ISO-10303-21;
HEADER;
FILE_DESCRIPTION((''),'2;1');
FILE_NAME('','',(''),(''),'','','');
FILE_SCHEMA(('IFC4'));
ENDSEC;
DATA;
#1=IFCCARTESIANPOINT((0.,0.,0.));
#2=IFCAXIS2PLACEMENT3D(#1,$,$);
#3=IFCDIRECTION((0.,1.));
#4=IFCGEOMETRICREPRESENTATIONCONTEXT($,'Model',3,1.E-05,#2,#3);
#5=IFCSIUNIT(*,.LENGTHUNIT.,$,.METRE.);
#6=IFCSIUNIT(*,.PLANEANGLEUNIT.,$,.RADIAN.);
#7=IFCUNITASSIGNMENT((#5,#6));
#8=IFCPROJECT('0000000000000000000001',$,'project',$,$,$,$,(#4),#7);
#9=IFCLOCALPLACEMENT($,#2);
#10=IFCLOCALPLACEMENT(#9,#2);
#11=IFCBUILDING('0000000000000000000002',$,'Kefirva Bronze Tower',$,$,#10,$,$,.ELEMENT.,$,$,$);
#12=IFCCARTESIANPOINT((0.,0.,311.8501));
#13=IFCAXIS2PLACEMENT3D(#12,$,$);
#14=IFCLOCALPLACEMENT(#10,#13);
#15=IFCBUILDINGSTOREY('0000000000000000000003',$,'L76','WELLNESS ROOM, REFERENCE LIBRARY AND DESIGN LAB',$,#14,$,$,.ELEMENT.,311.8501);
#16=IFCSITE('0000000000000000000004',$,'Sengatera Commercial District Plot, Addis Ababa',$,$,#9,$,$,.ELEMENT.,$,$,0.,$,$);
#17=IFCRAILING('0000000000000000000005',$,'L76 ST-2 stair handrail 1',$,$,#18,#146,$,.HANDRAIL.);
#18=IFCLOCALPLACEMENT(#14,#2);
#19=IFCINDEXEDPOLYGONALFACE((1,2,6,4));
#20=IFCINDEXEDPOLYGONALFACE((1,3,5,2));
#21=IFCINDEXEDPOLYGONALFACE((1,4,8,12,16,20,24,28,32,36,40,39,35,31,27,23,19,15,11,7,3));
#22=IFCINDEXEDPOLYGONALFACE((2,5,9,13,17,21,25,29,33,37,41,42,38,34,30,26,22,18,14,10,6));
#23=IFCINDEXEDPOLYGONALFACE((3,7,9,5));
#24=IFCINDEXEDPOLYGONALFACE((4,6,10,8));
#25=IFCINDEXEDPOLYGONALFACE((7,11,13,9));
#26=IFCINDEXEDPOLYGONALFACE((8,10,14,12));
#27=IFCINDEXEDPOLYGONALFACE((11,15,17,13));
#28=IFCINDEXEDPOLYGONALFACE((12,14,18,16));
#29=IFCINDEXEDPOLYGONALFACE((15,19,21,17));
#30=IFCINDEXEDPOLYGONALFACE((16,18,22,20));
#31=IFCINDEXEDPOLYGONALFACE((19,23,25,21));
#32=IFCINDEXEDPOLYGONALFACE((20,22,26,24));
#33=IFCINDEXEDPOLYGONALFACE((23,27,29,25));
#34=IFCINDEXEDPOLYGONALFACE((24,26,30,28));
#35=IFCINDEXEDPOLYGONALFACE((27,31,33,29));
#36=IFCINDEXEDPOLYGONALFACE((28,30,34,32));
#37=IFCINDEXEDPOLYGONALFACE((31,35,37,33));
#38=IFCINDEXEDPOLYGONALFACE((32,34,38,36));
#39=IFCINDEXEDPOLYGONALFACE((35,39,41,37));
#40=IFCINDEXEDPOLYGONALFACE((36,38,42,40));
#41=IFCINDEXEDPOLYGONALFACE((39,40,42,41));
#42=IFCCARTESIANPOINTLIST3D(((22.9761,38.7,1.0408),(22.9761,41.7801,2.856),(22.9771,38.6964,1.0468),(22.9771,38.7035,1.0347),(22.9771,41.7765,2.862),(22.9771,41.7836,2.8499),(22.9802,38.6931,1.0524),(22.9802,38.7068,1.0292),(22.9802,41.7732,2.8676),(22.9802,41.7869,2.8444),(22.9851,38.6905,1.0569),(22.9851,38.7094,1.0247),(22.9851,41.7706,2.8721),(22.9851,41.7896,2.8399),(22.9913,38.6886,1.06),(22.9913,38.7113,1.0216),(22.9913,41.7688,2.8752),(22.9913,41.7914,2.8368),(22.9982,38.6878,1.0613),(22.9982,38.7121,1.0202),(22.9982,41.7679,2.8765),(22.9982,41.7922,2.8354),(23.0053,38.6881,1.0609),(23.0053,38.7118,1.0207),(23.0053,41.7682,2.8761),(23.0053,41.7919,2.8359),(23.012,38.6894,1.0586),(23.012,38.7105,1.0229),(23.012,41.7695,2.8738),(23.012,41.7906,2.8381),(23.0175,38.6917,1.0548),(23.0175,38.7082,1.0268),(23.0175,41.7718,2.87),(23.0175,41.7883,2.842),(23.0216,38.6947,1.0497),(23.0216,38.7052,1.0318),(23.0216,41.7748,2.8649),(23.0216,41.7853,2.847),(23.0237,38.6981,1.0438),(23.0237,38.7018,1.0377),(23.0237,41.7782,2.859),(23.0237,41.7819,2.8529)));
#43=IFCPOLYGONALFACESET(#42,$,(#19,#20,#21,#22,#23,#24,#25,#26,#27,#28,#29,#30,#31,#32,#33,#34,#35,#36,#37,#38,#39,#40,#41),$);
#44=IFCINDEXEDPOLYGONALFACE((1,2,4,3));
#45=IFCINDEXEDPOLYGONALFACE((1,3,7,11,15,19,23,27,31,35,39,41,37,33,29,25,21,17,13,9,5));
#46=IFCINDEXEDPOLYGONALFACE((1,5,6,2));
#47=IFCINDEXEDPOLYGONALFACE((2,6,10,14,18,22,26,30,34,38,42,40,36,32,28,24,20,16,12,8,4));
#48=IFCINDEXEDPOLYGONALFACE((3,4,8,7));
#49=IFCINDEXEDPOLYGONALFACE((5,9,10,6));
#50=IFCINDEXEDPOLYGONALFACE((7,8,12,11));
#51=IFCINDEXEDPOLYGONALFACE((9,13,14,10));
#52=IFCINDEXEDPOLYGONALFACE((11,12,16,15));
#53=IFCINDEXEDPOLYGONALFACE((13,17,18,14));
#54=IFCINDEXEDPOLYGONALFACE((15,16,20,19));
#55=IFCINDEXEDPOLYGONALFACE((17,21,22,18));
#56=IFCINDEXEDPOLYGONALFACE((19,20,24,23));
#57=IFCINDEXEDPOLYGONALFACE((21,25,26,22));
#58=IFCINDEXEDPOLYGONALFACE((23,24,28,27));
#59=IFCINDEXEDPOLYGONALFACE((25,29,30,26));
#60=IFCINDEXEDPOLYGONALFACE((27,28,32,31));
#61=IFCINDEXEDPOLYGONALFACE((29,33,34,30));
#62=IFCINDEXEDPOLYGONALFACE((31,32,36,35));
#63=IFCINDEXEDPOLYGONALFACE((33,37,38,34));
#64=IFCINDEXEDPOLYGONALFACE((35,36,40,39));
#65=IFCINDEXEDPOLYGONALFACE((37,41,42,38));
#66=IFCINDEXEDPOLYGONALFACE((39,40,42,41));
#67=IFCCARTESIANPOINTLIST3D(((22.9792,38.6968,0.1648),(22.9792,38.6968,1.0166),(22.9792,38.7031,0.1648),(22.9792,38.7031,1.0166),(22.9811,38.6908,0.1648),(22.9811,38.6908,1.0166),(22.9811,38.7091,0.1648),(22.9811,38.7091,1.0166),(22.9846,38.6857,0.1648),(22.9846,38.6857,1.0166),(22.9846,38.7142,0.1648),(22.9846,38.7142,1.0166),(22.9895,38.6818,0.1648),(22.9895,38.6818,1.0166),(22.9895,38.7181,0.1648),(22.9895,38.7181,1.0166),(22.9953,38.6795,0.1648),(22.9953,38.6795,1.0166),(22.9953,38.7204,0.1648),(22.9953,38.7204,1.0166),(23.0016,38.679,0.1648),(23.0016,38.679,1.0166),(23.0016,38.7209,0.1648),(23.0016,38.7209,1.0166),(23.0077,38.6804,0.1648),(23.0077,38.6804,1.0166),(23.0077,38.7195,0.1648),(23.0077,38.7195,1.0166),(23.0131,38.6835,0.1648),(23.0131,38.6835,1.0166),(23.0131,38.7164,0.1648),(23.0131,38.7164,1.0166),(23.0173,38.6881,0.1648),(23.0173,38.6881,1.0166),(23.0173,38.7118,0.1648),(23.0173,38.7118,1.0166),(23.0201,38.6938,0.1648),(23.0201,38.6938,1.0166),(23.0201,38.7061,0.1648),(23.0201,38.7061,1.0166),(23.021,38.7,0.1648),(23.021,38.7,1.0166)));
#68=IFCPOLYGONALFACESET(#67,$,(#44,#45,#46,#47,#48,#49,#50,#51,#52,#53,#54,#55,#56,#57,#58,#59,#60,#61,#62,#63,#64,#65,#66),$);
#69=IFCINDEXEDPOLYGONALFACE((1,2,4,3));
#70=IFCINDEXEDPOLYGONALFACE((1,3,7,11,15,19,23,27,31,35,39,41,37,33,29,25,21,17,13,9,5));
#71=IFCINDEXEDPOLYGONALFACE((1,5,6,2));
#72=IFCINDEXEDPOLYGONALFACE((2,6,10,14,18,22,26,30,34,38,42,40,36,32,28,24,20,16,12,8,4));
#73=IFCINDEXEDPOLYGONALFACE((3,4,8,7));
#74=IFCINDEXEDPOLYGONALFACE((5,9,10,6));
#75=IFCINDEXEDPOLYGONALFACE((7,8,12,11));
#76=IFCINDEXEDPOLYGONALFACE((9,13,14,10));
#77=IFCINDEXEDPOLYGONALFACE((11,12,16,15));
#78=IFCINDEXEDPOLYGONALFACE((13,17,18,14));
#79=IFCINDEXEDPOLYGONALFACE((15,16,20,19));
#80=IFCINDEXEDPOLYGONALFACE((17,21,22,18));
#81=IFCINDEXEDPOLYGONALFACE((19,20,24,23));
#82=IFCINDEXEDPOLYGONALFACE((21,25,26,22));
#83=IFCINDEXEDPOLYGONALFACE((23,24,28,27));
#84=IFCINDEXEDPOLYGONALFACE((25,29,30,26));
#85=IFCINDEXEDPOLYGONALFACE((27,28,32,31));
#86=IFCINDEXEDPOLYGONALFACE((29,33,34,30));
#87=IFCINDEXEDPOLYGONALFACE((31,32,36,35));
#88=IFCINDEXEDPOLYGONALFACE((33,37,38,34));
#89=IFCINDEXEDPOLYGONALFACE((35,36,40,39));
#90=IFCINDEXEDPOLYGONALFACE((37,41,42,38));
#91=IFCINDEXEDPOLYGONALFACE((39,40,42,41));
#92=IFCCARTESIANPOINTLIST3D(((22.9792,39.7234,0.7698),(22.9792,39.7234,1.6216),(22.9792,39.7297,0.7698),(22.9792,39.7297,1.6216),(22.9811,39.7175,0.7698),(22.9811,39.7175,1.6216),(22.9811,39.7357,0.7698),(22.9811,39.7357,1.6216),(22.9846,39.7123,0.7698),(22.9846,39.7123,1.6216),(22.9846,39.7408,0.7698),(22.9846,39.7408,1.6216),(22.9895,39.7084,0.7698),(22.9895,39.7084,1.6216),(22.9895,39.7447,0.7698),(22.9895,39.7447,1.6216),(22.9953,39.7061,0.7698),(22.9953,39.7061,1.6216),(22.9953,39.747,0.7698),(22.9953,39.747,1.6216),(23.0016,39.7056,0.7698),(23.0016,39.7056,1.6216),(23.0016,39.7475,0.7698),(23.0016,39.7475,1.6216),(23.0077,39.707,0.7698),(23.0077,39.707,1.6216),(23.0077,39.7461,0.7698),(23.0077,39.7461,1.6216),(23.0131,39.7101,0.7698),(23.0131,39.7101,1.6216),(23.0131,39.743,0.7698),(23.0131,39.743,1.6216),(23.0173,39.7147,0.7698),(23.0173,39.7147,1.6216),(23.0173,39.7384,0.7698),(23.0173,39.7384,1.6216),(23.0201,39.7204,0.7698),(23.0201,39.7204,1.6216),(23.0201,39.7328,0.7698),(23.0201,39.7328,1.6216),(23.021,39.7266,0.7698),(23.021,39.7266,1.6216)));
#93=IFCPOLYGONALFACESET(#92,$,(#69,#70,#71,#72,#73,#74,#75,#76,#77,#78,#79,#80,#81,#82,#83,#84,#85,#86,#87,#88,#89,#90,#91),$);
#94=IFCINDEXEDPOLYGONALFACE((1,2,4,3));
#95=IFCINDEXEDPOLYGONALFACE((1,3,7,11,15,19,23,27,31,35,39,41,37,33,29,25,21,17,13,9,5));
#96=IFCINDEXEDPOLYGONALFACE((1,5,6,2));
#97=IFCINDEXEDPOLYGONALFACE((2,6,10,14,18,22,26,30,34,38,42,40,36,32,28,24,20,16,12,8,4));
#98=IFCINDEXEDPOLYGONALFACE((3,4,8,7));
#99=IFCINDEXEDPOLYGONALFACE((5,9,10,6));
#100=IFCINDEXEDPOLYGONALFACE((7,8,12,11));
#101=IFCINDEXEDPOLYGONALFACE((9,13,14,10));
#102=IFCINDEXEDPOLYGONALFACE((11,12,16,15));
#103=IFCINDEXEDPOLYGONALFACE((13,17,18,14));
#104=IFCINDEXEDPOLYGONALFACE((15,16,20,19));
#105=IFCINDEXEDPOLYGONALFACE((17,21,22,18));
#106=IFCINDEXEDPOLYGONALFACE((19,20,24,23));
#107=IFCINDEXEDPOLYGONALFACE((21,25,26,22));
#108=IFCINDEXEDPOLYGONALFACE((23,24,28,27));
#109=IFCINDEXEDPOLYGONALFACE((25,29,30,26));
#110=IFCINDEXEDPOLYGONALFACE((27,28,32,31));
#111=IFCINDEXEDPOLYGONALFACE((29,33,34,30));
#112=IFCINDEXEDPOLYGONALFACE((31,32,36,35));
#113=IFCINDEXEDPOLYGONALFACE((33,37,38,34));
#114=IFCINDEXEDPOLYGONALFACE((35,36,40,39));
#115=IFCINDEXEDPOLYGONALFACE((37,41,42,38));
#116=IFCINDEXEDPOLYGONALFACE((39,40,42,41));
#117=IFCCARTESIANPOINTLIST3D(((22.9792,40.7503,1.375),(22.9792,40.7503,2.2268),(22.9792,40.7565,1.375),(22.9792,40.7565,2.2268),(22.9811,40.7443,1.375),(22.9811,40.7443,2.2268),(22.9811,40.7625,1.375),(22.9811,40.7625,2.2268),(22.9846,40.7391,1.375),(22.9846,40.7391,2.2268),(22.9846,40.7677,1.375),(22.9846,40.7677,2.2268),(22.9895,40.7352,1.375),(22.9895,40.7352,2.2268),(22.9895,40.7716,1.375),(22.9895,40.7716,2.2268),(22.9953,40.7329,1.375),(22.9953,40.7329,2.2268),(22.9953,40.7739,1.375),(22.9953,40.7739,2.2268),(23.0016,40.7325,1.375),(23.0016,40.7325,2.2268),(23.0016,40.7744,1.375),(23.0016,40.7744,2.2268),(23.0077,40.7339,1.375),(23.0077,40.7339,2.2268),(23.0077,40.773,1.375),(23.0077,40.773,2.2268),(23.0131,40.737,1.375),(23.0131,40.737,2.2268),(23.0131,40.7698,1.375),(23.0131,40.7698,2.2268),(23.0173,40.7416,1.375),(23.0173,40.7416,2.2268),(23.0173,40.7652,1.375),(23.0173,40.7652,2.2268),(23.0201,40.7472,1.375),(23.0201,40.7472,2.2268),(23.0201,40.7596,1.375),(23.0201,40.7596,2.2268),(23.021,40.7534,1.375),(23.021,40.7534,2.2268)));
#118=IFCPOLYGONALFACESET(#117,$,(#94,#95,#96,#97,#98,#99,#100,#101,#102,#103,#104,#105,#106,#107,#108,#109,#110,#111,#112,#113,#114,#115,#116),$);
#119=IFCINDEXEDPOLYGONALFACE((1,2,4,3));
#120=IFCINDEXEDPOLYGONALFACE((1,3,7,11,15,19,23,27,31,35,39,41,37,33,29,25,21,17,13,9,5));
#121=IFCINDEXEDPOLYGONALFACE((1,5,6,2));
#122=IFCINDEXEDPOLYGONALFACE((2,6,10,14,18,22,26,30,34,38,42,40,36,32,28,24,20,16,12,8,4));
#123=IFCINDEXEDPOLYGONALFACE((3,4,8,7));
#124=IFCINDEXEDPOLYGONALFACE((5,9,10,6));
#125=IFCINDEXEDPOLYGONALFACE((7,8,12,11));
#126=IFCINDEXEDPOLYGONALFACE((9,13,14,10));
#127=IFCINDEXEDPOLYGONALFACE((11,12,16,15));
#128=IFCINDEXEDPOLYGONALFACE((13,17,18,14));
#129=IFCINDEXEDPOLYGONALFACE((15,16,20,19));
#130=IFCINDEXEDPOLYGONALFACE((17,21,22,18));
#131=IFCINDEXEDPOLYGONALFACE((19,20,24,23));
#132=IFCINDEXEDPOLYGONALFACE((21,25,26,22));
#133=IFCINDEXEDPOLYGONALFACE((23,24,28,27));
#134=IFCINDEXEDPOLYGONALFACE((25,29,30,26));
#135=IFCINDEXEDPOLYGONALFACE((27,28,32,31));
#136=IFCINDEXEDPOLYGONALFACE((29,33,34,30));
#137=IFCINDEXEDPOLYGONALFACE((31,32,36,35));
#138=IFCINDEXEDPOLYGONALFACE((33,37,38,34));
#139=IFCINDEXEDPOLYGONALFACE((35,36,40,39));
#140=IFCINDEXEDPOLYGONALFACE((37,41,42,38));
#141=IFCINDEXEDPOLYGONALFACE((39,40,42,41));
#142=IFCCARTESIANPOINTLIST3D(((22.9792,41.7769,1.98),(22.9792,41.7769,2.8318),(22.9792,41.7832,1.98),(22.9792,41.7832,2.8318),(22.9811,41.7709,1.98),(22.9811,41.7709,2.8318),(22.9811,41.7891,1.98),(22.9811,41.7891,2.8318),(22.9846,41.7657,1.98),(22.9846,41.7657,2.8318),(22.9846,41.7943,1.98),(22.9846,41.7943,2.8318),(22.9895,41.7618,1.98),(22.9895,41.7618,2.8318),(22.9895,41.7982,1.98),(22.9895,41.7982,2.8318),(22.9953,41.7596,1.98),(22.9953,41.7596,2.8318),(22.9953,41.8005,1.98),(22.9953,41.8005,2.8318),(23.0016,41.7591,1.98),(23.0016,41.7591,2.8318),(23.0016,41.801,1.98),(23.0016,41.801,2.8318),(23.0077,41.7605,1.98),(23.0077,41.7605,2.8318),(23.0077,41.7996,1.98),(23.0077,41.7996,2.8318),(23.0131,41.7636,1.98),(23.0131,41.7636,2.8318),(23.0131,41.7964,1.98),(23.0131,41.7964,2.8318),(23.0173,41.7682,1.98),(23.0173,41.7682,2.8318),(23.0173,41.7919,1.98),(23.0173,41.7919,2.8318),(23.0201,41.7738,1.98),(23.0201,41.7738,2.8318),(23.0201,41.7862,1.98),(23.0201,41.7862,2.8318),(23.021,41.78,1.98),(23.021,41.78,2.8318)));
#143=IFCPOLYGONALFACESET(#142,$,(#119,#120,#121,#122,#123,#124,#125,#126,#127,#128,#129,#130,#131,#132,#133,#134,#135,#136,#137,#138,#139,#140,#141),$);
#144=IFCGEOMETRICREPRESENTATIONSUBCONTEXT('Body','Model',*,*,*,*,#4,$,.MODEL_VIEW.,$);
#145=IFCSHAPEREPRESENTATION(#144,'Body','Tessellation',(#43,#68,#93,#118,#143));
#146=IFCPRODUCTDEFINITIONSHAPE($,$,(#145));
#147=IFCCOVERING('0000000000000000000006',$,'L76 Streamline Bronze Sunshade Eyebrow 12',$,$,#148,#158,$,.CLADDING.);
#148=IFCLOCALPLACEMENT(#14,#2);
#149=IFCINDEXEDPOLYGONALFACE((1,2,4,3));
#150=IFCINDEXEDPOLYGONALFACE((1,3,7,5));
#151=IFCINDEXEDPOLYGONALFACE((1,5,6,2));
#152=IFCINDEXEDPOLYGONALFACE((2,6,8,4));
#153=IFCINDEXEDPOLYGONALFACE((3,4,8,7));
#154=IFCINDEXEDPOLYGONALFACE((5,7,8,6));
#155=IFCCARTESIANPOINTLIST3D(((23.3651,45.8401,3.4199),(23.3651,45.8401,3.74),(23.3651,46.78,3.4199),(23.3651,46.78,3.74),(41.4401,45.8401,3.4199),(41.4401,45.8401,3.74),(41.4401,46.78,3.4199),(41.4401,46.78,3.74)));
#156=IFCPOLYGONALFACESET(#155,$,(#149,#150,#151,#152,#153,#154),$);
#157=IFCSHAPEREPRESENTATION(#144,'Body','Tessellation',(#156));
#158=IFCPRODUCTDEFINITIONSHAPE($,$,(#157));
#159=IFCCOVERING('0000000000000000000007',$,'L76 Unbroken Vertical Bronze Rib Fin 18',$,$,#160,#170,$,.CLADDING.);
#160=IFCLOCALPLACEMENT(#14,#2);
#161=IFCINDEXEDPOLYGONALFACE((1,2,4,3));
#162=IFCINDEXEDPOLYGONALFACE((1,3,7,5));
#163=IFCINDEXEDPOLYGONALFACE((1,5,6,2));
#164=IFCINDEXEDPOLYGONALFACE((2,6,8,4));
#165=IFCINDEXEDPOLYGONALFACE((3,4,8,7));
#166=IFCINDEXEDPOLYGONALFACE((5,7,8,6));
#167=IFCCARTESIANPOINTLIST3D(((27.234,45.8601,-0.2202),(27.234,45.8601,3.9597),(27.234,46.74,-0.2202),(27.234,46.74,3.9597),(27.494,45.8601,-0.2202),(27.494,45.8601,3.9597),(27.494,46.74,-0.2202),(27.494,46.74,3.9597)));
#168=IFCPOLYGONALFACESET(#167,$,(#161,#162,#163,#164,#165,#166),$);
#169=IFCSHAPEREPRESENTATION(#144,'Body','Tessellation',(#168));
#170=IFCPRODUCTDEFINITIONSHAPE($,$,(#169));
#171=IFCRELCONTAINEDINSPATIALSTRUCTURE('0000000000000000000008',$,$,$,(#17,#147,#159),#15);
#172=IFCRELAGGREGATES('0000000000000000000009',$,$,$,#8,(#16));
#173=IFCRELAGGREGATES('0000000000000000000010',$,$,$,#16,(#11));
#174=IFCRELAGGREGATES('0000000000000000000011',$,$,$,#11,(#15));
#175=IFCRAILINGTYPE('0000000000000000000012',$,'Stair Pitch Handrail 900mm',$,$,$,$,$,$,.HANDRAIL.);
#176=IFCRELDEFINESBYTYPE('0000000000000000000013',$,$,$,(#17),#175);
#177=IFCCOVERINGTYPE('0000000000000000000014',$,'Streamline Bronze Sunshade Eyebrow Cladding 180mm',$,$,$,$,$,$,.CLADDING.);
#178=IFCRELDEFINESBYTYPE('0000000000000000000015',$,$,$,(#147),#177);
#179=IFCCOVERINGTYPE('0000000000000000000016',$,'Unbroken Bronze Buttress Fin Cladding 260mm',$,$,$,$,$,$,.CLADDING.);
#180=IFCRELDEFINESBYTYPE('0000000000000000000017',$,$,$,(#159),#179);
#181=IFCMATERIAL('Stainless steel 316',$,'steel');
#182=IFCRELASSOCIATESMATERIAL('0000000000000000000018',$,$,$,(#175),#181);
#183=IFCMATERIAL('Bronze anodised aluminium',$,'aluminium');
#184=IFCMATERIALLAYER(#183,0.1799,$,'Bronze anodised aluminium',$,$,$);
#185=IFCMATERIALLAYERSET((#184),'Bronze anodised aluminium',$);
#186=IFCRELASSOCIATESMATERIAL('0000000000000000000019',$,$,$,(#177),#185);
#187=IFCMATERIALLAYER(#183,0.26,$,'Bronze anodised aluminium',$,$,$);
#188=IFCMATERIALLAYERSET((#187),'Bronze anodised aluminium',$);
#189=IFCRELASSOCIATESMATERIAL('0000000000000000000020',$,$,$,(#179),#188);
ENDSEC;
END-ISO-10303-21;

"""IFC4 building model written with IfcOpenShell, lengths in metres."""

from ifc_helpers import new_model, si_unit, direction, frame, origin, origin_2d, place, context, subcontext, project, spatial, rectangle, circle, extrude, material, layer, layer_set, type_object, element, save


model = new_model("IFC4")

# Units and contexts
model_context = context("Model", 3, precision=1e-05, world=origin(), true_north=direction((0.0, 1.0)))
body_context = subcontext(model_context, "Body", "Model", "MODEL_VIEW")
ifc_project = project(units=[si_unit("LENGTHUNIT", "METRE"), si_unit("PLANEANGLEUNIT", "RADIAN")], contexts=[model_context])

# Site, building, storey
site_placement = place(None, origin())
site = spatial("IfcSite", under=ifc_project, at=site_placement, Name="Sengatera Commercial District Plot, Addis Ababa", CompositionType="ELEMENT", RefElevation=0.0)
building_placement = place(site_placement, origin())
building = spatial("IfcBuilding", under=site, at=building_placement, Name="Kefirva Bronze Tower", CompositionType="ELEMENT")
storey_placement = place(building_placement, frame((0.0, 0.0, 311.8501)))
storey = spatial("IfcBuildingStorey", under=building, at=storey_placement, Name="L76", Description="WELLNESS ROOM, REFERENCE LIBRARY AND DESIGN LAB", CompositionType="ELEMENT", Elevation=311.8501)

# Shared definitions
ifc_material_1 = material(Name="Bronze anodised aluminium", Category="aluminium")

# Railing
ifc_material_2 = material(Name="Stainless steel 316", Category="steel")
railing_type_1 = type_object("IfcRailingType", Name="Stair Pitch Handrail 900mm", PredefinedType="HANDRAIL", material=ifc_material_2)
railing_1_placement = place(storey_placement, frame((23.0, 38.7, 0.1648)))
element("IfcRailing", 1, at=railing_1_placement, inside=storey, type_object=railing_type_1, Name="L76 ST-2 stair handrail 1", PredefinedType="HANDRAIL", context=body_context, shape_type="SweptSolid", body=[
    extrude(circle(Radius=0.0239, at=origin_2d()), frame((0.0, 0.0, 0.876), z_axis=(0.0, 0.861521, 0.507721), x_axis=(-1.0, 0.0, 0.0)), (0.0, 0.0, 1.0), 3.5752),
    extrude(circle(Radius=0.021, at=origin_2d()), origin(), (0.0, 0.0, 1.0), 0.8518),
    extrude(circle(Radius=0.021, at=origin_2d()), frame((0.0, 1.0266, 0.605)), (0.0, 0.0, 1.0), 0.8518),
    extrude(circle(Radius=0.021, at=origin_2d()), frame((0.0, 2.0535, 1.2102)), (0.0, 0.0, 1.0), 0.8518),
    extrude(circle(Radius=0.021, at=origin_2d()), frame((0.0, 3.0801, 1.8152)), (0.0, 0.0, 1.0), 0.8518),
])

# Coverings
ifc_layer_1 = layer(ifc_material_1, 0.1799, Name="Bronze anodised aluminium")
ifc_layer_set_1 = layer_set([ifc_layer_1], Name="Bronze anodised aluminium")
covering_type_1 = type_object("IfcCoveringType", Name="Streamline Bronze Sunshade Eyebrow Cladding 180mm", PredefinedType="CLADDING", material=ifc_layer_set_1)
covering_1_placement = place(storey_placement, frame((32.4026, 46.3101, 3.4199), z_axis=(0.0, 0.0, 1.0), x_axis=(-1.0, 0.0, 0.0)))
element("IfcCovering", 2, at=covering_1_placement, inside=storey, type_object=covering_type_1, Name="L76 Streamline Bronze Sunshade Eyebrow 12", PredefinedType="CLADDING", context=body_context, shape_type="SweptSolid", body=[
    extrude(rectangle(XDim=18.075, YDim=0.9399, at=origin_2d()), origin(), (0.0, 0.0, 1.0), 0.3201),
])
ifc_layer_2 = layer(ifc_material_1, 0.26, Name="Bronze anodised aluminium")
ifc_layer_set_2 = layer_set([ifc_layer_2], Name="Bronze anodised aluminium")
covering_type_2 = type_object("IfcCoveringType", Name="Unbroken Bronze Buttress Fin Cladding 260mm", PredefinedType="CLADDING", material=ifc_layer_set_2)
covering_2_placement = place(storey_placement, frame((27.364, 46.3, -0.2202), z_axis=(0.0, 0.0, 1.0), x_axis=(-1.0, 0.0, 0.0)))
element("IfcCovering", 3, at=covering_2_placement, inside=storey, type_object=covering_type_2, Name="L76 Unbroken Vertical Bronze Rib Fin 18", PredefinedType="CLADDING", context=body_context, shape_type="SweptSolid", body=[
    extrude(rectangle(XDim=0.26, YDim=0.8799, at=origin_2d()), origin(), (0.0, 0.0, 1.0), 4.1799),
])

save(model, "model.ifc")
